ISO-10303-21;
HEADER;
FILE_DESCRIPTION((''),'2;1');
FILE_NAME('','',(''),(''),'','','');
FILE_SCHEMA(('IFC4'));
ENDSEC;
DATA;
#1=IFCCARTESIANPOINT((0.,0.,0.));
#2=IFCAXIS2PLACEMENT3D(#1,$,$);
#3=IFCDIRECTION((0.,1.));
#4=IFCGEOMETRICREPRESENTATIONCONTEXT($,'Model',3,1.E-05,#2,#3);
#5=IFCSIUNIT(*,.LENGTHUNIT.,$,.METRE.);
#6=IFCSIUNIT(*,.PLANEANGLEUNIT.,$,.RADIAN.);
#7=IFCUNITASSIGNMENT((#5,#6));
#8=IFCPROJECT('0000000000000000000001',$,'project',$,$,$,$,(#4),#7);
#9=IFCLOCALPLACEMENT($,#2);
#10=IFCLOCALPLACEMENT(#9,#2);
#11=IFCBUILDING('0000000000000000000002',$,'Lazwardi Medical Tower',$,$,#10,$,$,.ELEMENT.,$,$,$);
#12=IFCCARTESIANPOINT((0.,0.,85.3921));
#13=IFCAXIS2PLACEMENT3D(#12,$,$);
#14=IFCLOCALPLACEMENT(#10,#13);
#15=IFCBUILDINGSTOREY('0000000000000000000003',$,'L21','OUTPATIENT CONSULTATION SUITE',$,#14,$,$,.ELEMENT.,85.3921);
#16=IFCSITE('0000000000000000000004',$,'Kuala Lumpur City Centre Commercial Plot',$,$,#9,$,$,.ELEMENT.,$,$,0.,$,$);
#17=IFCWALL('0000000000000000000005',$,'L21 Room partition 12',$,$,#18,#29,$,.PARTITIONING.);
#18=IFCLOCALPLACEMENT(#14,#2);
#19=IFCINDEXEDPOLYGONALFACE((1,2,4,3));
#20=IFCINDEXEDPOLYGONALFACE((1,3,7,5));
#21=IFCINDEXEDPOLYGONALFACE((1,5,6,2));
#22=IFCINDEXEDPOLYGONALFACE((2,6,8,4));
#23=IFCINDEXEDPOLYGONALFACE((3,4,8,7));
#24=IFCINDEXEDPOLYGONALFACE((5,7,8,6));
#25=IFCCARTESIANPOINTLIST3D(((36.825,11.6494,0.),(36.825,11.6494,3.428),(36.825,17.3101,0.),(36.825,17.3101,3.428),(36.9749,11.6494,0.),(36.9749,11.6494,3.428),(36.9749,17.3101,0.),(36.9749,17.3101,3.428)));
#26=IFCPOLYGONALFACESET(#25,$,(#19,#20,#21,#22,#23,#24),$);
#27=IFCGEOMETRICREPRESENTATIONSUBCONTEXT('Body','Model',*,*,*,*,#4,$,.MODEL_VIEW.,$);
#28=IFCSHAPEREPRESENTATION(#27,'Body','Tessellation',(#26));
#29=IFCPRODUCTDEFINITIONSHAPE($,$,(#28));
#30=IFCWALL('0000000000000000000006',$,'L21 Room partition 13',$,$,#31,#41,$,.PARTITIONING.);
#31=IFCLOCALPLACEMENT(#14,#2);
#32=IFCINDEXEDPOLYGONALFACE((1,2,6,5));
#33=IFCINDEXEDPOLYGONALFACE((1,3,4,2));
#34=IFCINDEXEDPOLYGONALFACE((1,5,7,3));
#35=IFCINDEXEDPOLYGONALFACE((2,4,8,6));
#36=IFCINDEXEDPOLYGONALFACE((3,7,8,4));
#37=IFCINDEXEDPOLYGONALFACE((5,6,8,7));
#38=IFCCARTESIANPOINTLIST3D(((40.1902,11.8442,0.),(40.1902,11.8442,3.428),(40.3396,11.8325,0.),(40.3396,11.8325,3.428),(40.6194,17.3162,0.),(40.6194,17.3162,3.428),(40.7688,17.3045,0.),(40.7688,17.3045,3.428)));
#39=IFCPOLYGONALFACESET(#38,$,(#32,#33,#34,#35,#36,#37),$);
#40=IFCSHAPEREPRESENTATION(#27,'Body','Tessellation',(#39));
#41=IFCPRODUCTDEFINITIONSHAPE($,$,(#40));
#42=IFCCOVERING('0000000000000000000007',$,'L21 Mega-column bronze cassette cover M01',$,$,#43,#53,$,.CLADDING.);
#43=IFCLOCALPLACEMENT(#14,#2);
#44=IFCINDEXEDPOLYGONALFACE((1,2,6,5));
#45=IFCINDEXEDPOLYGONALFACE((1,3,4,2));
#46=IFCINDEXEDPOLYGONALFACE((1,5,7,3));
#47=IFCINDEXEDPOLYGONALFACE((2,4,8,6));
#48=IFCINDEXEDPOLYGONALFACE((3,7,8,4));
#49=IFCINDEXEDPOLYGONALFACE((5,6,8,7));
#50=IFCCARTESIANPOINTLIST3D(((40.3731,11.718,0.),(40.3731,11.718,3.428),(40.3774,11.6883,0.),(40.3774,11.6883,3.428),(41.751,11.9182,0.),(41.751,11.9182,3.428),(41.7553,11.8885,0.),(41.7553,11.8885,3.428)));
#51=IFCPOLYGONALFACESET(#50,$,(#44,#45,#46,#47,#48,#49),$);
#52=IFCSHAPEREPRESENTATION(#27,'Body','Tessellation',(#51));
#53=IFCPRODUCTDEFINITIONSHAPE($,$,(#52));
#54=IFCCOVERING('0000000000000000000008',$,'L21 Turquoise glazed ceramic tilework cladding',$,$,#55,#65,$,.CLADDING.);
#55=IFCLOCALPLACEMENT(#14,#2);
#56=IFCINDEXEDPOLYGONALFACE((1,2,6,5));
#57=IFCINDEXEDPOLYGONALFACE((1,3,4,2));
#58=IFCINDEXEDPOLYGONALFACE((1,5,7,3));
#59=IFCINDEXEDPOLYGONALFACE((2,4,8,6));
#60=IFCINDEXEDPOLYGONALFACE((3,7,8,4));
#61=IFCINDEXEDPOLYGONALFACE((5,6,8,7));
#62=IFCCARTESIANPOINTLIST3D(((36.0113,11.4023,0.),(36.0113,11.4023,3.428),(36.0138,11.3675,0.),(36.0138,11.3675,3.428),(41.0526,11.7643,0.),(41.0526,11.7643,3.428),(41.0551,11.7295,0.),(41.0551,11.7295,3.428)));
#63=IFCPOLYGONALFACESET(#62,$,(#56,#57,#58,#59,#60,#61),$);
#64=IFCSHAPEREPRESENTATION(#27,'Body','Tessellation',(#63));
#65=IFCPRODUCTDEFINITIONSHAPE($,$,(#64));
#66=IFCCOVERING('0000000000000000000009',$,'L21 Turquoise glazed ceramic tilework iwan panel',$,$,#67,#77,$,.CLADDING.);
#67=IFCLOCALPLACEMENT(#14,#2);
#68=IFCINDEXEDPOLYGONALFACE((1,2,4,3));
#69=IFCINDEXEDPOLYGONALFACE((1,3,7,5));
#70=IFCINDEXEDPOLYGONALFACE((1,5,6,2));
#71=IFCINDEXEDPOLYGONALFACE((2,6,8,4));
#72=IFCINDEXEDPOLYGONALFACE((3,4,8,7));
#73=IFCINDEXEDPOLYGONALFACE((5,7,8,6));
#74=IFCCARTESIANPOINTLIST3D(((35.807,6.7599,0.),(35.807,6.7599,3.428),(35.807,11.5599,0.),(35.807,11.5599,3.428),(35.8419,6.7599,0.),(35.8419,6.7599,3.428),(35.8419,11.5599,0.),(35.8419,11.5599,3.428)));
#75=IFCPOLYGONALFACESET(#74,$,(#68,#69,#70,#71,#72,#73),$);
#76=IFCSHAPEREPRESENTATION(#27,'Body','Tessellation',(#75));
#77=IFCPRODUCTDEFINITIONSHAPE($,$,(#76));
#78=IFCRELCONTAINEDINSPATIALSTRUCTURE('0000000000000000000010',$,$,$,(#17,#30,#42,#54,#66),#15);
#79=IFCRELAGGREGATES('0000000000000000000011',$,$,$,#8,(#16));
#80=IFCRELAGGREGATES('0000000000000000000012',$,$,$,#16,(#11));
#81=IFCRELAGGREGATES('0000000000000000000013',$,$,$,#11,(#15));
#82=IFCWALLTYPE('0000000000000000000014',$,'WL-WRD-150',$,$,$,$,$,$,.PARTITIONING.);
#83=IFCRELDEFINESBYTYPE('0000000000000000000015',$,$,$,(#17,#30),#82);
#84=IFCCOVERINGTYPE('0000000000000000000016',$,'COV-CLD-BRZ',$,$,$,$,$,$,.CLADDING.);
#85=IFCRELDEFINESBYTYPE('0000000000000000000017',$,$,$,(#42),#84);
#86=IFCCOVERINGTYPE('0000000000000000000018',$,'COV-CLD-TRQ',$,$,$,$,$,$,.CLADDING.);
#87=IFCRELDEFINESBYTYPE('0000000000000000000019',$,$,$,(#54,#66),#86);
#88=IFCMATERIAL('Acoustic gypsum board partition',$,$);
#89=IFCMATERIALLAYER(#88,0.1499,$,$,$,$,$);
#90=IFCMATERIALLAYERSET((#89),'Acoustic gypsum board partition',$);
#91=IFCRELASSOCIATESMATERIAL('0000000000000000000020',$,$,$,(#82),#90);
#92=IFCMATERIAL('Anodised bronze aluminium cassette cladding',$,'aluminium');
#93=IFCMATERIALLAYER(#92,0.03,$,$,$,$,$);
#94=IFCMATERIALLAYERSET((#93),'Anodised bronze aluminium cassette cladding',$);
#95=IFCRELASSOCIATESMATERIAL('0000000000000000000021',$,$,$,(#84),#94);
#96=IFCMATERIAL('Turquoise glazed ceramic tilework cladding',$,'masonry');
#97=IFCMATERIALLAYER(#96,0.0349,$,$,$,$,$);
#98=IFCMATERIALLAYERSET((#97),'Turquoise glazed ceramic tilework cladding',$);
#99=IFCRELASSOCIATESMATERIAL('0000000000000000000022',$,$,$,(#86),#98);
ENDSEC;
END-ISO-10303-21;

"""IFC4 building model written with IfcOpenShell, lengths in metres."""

from ifc_helpers import new_model, si_unit, direction, frame, frame_2d, origin, origin_2d, place, context, subcontext, project, spatial, rectangle, extrude, material, layer, layer_set, type_object, element, save


model = new_model("IFC4")

# Units and contexts
model_context = context("Model", 3, precision=1e-05, world=origin(), true_north=direction((0.0, 1.0)))
body_context = subcontext(model_context, "Body", "Model", "MODEL_VIEW")
ifc_project = project(units=[si_unit("LENGTHUNIT", "METRE"), si_unit("PLANEANGLEUNIT", "RADIAN")], contexts=[model_context])

# Site, building, storey
site_placement = place(None, origin())
site = spatial("IfcSite", under=ifc_project, at=site_placement, Name="Kuala Lumpur City Centre Commercial Plot", CompositionType="ELEMENT", RefElevation=0.0)
building_placement = place(site_placement, origin())
building = spatial("IfcBuilding", under=site, at=building_placement, Name="Lazwardi Medical Tower", CompositionType="ELEMENT")
storey_placement = place(building_placement, frame((0.0, 0.0, 85.3921)))
storey = spatial("IfcBuildingStorey", under=building, at=storey_placement, Name="L21", Description="OUTPATIENT CONSULTATION SUITE", CompositionType="ELEMENT", Elevation=85.3921)

# Walls
ifc_material_1 = material(Name="Acoustic gypsum board partition")
ifc_layer_1 = layer(ifc_material_1, 0.1499)
ifc_layer_set_1 = layer_set([ifc_layer_1], Name="Acoustic gypsum board partition")
wall_type_1 = type_object("IfcWallType", Name="WL-WRD-150", PredefinedType="PARTITIONING", material=ifc_layer_set_1)
wall_1_placement = place(storey_placement, frame((36.8999, 11.6494, 0.0), z_axis=(0.0, 0.0, 1.0), x_axis=(0.0, 1.0, 0.0)))
element("IfcWall", 1, at=wall_1_placement, inside=storey, type_object=wall_type_1, Name="L21 Room partition 12", PredefinedType="PARTITIONING", context=body_context, shape_type="SweptSolid", body=[
    extrude(rectangle(XDim=5.6606, YDim=0.1499, at=frame_2d((2.8303, 0.0))), origin(), (0.0, 0.0, 1.0), 3.428),
])
wall_2_placement = place(storey_placement, frame((40.2649, 11.8384, 0.0), z_axis=(0.0, 0.0, 1.0), x_axis=(0.078196, 0.996938, 0.0)))
element("IfcWall", 2, at=wall_2_placement, inside=storey, type_object=wall_type_1, Name="L21 Room partition 13", PredefinedType="PARTITIONING", context=body_context, shape_type="SweptSolid", body=[
    extrude(rectangle(XDim=5.4888, YDim=0.1499, at=frame_2d((2.7444, 0.0))), origin(), (0.0, 0.0, 1.0), 3.428),
])

# Coverings
ifc_material_2 = material(Name="Anodised bronze aluminium cassette cladding", Category="aluminium")
ifc_layer_2 = layer(ifc_material_2, 0.03)
ifc_layer_set_2 = layer_set([ifc_layer_2], Name="Anodised bronze aluminium cassette cladding")
covering_type_1 = type_object("IfcCoveringType", Name="COV-CLD-BRZ", PredefinedType="CLADDING", material=ifc_layer_set_2)
covering_1_placement = place(storey_placement, frame((41.0642, 11.8032, 0.0), z_axis=(0.0, 0.0, 1.0), x_axis=(0.989609, 0.143785, 0.0)))
element("IfcCovering", 3, at=covering_1_placement, inside=storey, type_object=covering_type_1, Name="L21 Mega-column bronze cassette cover M01", PredefinedType="CLADDING", context=body_context, shape_type="SweptSolid", body=[
    extrude(rectangle(XDim=1.3923, YDim=0.03, at=origin_2d()), origin(), (0.0, 0.0, 1.0), 3.428),
])
ifc_material_3 = material(Name="Turquoise glazed ceramic tilework cladding", Category="masonry")
ifc_layer_3 = layer(ifc_material_3, 0.0349)
ifc_layer_set_3 = layer_set([ifc_layer_3], Name="Turquoise glazed ceramic tilework cladding")
covering_type_2 = type_object("IfcCoveringType", Name="COV-CLD-TRQ", PredefinedType="CLADDING", material=ifc_layer_set_3)
covering_2_placement = place(storey_placement, frame((38.5332, 11.5659, 0.0), z_axis=(0.0, 0.0, 1.0), x_axis=(0.997432, 0.071625, 0.0)))
element("IfcCovering", 4, at=covering_2_placement, inside=storey, type_object=covering_type_2, Name="L21 Turquoise glazed ceramic tilework cladding", PredefinedType="CLADDING", context=body_context, shape_type="SweptSolid", body=[
    extrude(rectangle(XDim=5.0542, YDim=0.0349, at=origin_2d()), origin(), (0.0, 0.0, 1.0), 3.428),
])
covering_3_placement = place(storey_placement, frame((35.8245, 9.1599, 0.0), z_axis=(0.0, 0.0, 1.0), x_axis=(0.0, 1.0, 0.0)))
element("IfcCovering", 5, at=covering_3_placement, inside=storey, type_object=covering_type_2, Name="L21 Turquoise glazed ceramic tilework iwan panel", PredefinedType="CLADDING", context=body_context, shape_type="SweptSolid", body=[
    extrude(rectangle(XDim=4.8, YDim=0.0349, at=origin_2d()), origin(), (0.0, 0.0, 1.0), 3.428),
])

save(model, "model.ifc")
